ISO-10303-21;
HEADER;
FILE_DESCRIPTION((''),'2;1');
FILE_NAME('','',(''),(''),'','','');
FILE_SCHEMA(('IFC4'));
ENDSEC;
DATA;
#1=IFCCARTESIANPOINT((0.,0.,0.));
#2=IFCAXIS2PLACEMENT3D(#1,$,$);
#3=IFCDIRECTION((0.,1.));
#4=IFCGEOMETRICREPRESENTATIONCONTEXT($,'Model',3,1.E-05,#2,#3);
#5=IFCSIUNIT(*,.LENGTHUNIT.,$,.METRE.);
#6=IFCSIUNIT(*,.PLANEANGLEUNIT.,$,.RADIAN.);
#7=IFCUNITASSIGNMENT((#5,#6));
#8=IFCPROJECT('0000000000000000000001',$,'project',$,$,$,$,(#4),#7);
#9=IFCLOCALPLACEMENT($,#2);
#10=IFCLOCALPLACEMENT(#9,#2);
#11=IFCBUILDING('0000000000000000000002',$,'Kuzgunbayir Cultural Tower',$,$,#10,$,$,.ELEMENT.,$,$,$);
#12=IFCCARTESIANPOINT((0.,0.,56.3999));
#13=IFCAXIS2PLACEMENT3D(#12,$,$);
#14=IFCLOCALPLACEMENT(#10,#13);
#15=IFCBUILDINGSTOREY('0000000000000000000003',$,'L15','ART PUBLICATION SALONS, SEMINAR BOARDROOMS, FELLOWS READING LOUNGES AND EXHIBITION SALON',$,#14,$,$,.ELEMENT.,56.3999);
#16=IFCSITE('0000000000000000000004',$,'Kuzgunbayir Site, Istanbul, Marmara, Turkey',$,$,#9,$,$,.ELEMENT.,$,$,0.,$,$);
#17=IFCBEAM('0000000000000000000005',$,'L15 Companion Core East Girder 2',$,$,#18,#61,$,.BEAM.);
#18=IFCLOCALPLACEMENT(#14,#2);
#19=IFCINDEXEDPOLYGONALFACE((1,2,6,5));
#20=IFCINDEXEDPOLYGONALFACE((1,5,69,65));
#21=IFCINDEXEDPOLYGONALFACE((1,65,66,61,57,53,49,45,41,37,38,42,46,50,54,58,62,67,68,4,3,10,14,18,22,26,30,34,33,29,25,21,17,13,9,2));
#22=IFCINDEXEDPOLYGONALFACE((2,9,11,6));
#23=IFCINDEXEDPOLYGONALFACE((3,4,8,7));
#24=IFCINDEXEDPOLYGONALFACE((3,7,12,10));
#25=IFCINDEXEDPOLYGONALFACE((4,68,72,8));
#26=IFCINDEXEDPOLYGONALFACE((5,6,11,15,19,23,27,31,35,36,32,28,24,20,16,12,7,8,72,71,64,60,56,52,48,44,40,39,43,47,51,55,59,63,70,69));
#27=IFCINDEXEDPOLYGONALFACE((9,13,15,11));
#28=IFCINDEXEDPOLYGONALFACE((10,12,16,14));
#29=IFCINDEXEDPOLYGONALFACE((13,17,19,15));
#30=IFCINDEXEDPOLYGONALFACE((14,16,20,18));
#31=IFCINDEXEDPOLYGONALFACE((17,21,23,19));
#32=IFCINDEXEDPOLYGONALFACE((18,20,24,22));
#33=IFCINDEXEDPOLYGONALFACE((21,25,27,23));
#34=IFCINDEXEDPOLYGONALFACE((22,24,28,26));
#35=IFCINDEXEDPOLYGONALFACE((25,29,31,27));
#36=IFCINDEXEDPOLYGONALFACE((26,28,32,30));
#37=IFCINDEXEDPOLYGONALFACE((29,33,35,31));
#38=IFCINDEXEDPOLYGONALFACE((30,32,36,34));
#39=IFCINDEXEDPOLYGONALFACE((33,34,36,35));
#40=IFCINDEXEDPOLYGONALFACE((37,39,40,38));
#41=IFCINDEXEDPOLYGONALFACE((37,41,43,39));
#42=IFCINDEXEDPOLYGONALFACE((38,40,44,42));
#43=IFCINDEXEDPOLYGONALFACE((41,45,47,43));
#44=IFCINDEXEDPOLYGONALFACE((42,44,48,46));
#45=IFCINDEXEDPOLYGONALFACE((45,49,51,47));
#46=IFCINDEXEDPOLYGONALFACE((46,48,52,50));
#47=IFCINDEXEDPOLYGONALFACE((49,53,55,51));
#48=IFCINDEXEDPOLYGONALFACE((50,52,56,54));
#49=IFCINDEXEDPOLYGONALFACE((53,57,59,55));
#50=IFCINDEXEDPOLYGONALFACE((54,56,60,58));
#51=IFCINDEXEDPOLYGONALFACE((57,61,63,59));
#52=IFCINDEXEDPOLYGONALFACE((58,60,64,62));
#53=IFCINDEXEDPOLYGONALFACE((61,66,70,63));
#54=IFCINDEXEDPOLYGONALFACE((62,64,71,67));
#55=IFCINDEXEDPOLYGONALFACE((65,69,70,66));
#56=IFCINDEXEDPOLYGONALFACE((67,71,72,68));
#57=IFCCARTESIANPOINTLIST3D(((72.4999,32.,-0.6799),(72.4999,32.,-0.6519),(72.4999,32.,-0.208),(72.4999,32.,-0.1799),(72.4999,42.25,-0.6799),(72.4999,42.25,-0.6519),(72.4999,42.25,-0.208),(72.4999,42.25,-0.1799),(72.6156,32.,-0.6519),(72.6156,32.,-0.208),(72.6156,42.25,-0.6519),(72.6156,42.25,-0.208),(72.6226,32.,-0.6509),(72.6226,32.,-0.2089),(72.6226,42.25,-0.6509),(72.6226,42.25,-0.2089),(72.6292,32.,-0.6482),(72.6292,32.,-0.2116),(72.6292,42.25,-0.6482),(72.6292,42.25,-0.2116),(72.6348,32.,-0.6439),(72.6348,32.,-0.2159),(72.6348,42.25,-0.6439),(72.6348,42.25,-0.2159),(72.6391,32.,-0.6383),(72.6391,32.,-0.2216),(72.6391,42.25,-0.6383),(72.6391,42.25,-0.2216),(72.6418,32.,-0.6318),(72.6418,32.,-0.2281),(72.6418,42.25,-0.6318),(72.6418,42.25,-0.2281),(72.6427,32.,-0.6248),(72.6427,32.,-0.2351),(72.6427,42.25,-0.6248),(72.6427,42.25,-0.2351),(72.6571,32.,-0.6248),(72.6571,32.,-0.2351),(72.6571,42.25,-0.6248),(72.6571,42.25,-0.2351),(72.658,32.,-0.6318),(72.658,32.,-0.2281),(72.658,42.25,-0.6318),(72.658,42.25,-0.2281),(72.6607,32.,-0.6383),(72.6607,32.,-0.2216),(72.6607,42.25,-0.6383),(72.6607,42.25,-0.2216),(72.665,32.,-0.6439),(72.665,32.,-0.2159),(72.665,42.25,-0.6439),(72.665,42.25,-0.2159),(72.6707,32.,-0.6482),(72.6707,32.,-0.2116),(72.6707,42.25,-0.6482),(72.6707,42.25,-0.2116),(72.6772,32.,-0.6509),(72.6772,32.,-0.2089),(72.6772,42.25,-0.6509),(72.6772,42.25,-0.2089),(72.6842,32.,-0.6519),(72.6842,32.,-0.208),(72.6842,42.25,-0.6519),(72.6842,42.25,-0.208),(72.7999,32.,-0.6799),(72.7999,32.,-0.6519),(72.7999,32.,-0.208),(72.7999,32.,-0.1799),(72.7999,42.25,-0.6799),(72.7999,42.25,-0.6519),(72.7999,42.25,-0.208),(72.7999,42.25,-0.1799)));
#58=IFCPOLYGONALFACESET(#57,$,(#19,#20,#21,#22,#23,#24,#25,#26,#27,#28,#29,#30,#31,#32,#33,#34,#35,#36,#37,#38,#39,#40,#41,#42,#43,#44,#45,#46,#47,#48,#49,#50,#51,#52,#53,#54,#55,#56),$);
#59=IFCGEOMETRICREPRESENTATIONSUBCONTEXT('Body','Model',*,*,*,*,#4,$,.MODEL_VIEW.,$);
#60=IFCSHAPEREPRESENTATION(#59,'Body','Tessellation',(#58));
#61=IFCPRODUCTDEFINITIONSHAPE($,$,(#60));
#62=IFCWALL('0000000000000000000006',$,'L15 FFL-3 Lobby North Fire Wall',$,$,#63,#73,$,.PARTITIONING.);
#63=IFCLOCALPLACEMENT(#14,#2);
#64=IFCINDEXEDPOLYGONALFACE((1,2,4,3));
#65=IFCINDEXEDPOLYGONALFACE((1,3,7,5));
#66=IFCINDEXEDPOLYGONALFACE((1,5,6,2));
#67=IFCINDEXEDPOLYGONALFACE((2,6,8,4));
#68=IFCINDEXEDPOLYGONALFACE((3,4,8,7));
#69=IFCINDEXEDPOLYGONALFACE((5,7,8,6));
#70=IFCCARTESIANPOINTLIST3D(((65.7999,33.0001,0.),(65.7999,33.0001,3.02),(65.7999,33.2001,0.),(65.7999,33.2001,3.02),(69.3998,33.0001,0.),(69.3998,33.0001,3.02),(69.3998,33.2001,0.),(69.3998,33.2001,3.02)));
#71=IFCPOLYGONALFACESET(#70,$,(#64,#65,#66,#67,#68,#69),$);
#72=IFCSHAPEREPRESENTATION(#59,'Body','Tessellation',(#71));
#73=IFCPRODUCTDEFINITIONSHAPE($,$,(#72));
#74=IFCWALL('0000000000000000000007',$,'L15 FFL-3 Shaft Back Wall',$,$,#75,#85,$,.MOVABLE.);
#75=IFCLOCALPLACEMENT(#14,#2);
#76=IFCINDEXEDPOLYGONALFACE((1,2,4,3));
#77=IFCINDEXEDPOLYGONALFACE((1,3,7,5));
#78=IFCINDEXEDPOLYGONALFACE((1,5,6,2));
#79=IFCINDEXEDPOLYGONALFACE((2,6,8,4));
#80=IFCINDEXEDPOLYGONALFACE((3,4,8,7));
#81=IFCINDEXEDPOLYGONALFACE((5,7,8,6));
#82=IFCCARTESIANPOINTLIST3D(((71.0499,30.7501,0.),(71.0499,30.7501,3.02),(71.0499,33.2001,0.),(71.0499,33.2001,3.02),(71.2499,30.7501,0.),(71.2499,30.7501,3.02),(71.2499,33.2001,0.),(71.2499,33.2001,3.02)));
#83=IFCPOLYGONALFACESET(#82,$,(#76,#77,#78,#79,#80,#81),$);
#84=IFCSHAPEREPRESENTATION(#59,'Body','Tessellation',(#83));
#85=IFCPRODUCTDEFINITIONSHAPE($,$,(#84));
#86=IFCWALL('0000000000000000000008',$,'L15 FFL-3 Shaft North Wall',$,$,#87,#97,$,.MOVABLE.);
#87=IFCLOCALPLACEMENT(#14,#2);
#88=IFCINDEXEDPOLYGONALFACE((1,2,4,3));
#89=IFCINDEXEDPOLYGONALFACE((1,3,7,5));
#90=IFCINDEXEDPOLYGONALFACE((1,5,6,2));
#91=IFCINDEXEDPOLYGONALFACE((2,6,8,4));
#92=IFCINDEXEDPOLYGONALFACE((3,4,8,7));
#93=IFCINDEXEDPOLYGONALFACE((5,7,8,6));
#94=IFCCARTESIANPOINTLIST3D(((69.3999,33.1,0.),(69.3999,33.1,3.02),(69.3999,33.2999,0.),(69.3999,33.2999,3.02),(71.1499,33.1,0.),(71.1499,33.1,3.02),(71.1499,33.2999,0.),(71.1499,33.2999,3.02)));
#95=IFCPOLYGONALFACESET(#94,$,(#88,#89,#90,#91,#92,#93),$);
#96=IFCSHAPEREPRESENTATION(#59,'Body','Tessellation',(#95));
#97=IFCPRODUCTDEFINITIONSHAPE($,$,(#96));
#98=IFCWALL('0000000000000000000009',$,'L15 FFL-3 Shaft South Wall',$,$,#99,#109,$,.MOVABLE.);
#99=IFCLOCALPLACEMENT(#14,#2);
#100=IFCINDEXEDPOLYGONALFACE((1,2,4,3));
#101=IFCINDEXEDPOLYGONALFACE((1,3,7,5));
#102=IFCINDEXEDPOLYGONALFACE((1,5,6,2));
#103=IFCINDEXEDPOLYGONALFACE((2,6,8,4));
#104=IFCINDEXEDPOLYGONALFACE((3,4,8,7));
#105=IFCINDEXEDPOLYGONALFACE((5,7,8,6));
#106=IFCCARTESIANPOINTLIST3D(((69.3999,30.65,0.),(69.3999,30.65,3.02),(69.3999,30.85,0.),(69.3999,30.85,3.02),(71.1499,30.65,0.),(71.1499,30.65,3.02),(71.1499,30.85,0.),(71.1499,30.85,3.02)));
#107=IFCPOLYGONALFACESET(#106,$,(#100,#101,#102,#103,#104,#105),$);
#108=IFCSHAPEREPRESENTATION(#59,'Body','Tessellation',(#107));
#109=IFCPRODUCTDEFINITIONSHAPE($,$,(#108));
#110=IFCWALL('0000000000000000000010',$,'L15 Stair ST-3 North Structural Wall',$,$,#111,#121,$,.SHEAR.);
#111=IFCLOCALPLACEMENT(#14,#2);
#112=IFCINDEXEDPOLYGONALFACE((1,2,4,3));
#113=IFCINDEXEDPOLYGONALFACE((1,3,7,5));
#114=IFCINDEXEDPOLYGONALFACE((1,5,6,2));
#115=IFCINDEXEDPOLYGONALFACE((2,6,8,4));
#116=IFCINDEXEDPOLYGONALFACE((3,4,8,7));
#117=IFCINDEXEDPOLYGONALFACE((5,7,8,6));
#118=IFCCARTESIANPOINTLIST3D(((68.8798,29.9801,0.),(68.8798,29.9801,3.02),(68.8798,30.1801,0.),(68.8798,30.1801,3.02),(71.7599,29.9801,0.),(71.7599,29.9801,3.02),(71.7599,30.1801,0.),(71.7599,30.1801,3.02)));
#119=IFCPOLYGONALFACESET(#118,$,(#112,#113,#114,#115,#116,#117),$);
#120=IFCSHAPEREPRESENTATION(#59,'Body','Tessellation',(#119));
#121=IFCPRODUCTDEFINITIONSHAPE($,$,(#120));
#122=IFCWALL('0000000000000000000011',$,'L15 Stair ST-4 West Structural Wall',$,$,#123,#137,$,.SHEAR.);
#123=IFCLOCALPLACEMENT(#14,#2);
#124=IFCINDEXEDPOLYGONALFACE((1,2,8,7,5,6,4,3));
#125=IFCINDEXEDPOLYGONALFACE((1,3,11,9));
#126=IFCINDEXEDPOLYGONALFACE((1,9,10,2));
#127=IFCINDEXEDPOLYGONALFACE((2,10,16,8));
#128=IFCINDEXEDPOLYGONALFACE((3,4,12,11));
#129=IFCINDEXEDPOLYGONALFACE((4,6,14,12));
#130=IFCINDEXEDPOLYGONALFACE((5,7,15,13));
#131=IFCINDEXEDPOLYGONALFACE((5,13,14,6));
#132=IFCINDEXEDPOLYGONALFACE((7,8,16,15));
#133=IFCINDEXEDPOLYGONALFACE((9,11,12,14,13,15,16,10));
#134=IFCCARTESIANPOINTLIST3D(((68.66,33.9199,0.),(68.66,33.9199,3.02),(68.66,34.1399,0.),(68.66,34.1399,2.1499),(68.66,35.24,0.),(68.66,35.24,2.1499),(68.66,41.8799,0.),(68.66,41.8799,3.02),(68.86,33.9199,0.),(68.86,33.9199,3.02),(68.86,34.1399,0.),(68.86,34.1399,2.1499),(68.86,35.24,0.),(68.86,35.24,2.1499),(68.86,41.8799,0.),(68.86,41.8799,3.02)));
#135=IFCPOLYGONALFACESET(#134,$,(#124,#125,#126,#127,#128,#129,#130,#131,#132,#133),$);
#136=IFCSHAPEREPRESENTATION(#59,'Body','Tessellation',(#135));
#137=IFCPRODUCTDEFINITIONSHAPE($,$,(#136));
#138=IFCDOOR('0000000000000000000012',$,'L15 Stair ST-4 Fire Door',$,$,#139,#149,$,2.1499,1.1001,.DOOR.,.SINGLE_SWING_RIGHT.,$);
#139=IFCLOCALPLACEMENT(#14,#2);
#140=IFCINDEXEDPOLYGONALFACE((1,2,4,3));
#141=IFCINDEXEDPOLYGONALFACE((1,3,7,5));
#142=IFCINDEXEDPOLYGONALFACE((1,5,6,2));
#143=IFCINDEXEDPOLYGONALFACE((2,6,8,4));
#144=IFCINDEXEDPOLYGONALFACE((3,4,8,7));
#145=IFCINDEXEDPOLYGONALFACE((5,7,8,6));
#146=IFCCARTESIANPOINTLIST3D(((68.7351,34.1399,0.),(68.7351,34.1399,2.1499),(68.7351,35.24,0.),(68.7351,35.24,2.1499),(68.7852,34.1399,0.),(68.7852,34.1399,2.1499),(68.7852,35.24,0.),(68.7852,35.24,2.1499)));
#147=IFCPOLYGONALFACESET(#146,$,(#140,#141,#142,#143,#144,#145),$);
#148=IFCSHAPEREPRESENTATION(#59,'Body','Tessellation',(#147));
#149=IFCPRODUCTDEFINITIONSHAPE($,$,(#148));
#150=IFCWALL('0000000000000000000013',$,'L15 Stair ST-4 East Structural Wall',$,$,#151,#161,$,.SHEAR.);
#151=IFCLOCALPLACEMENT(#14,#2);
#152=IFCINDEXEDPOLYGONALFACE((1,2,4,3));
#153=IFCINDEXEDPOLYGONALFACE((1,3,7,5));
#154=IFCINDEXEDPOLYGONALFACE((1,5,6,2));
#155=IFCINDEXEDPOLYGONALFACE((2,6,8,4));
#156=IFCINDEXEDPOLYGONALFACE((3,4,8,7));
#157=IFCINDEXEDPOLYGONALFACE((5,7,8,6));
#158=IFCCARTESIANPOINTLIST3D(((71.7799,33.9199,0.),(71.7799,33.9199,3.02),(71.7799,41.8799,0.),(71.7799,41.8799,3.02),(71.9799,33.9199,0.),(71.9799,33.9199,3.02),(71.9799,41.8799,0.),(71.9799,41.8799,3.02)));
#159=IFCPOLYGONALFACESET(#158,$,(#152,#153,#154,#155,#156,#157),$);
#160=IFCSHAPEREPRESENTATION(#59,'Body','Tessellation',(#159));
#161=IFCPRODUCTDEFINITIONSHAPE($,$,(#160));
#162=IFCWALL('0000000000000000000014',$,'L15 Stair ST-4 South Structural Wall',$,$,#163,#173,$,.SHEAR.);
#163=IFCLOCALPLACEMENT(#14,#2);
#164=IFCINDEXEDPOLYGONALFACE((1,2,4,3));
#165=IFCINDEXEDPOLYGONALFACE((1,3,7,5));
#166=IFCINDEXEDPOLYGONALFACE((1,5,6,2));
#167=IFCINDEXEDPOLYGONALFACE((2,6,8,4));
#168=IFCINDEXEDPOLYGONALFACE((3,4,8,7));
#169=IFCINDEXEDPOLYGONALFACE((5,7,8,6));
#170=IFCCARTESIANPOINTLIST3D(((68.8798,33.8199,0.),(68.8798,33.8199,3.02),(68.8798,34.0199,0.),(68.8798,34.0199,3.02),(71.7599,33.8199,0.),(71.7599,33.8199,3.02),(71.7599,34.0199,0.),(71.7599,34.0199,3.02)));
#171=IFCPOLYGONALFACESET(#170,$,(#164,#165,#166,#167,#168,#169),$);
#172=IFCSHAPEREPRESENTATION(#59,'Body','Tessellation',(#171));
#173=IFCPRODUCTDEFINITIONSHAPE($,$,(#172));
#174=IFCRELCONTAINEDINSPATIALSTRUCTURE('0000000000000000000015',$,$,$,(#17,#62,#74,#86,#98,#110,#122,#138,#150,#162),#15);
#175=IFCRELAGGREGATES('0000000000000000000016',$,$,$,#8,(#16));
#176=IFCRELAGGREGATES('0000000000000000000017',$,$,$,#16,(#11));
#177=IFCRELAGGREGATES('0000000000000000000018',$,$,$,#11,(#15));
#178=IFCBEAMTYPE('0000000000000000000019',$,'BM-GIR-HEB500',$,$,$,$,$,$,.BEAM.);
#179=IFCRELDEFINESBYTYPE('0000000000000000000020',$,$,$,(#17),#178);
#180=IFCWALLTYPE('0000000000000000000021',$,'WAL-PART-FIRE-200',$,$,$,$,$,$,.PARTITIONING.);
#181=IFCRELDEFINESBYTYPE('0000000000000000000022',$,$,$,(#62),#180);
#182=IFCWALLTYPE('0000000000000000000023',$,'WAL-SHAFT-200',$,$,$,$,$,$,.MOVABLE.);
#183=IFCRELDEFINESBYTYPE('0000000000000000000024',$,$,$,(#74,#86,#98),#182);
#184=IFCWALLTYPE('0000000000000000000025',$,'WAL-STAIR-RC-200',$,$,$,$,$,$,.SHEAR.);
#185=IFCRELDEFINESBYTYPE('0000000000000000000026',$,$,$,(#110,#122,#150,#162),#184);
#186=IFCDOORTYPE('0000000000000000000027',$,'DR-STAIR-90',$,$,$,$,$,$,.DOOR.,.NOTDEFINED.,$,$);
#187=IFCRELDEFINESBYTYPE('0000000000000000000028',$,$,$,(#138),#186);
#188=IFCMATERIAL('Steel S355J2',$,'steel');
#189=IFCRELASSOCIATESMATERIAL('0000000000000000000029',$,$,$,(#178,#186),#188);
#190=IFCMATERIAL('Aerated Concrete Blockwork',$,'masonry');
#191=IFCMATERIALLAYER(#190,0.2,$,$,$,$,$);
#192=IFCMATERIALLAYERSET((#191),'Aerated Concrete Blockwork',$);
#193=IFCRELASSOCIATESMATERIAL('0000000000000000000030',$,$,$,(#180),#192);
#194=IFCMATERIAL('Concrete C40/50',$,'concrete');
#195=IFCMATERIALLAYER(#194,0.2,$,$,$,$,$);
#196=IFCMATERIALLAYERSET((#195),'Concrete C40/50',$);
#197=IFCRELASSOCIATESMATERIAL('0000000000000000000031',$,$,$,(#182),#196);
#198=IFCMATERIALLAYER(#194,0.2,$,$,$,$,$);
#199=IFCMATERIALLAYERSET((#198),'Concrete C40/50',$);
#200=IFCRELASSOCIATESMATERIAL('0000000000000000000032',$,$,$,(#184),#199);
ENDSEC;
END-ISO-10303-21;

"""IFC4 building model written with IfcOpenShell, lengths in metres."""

from ifc_helpers import new_model, si_unit, direction, frame, frame_2d, origin, origin_2d, place, context, subcontext, project, spatial, rectangle, i_section, extrude, material, layer, layer_set, material_profile, profile_set, type_object, element, fill, save


model = new_model("IFC4")

# Units and contexts
model_context = context("Model", 3, precision=1e-05, world=origin(), true_north=direction((0.0, 1.0)))
body_context = subcontext(model_context, "Body", "Model", "MODEL_VIEW")
ifc_project = project(units=[si_unit("LENGTHUNIT", "METRE"), si_unit("PLANEANGLEUNIT", "RADIAN")], contexts=[model_context])

# Site, building, storey
site_placement = place(None, origin())
site = spatial("IfcSite", under=ifc_project, at=site_placement, Name="Kuzgunbayir Site, Istanbul, Marmara, Turkey", CompositionType="ELEMENT", RefElevation=0.0)
building_placement = place(site_placement, origin())
building = spatial("IfcBuilding", under=site, at=building_placement, Name="Kuzgunbayir Cultural Tower", CompositionType="ELEMENT")
storey_placement = place(building_placement, frame((0.0, 0.0, 56.3999)))
storey = spatial("IfcBuildingStorey", under=building, at=storey_placement, Name="L15", Description="ART PUBLICATION SALONS, SEMINAR BOARDROOMS, FELLOWS READING LOUNGES AND EXHIBITION SALON", CompositionType="ELEMENT", Elevation=56.3999)

# Beam
ifc_material_1 = material(Name="Steel S355J2", Category="steel")
ifc_material_profile_1 = material_profile(ifc_material_1, i_section(OverallWidth=0.3, OverallDepth=0.5, WebThickness=0.0144, FlangeThickness=0.0281, FilletRadius=0.0271, at=origin_2d()), Name="HEB 500")
ifc_profile_set_1 = profile_set([ifc_material_profile_1], Name="Steel S355J2")
beam_type_1 = type_object("IfcBeamType", Name="BM-GIR-HEB500", PredefinedType="BEAM", material=ifc_profile_set_1)
for number, where, z_axis, x_axis, name in (
    (1, (72.6499, 32.0, -0.4299), (0.0, 1.0, 0.0), (-1.0, 0.0, 0.0), "L15 Companion Core East Girder 2"),
):
    element("IfcBeam", number, at=place(storey_placement, frame(where, z_axis=z_axis, x_axis=x_axis)), inside=storey, type_object=beam_type_1, Name=name, PredefinedType="BEAM", context=body_context, shape_type="SweptSolid", body=[
        extrude(i_section(OverallWidth=0.3, OverallDepth=0.5, WebThickness=0.0144, FlangeThickness=0.0281, FilletRadius=0.0271, at=origin_2d()), origin(), (0.0, 0.0, 1.0), 10.25),
    ])

# Wall
ifc_material_2 = material(Name="Aerated Concrete Blockwork", Category="masonry")
ifc_layer_1 = layer(ifc_material_2, 0.2)
ifc_layer_set_1 = layer_set([ifc_layer_1], Name="Aerated Concrete Blockwork")
wall_type_1 = type_object("IfcWallType", Name="WAL-PART-FIRE-200", PredefinedType="PARTITIONING", material=ifc_layer_set_1)
wall_1_placement = place(storey_placement, frame((65.8, 33.1001, 0.0), z_axis=(0.0, 0.0, 1.0), x_axis=(1.0, 0.0, 0.0)))
element("IfcWall", 2, at=wall_1_placement, inside=storey, type_object=wall_type_1, Name="L15 FFL-3 Lobby North Fire Wall", PredefinedType="PARTITIONING", context=body_context, shape_type="SweptSolid", body=[
    extrude(rectangle(XDim=3.5999, YDim=0.2, at=frame_2d((1.7998, 0.0))), origin(), (0.0, 0.0, 1.0), 3.02),
])

# Shared definitions
ifc_material_3 = material(Name="Concrete C40/50", Category="concrete")
ifc_layer_2 = layer(ifc_material_3, 0.2)
ifc_layer_set_2 = layer_set([ifc_layer_2], Name="Concrete C40/50")
wall_type_2 = type_object("IfcWallType", Name="WAL-SHAFT-200", PredefinedType="MOVABLE", material=ifc_layer_set_2)

# Walls
wall_2_placement = place(storey_placement, frame((71.1499, 30.75, 0.0), z_axis=(0.0, 0.0, 1.0), x_axis=(0.0, 1.0, 0.0)))
element("IfcWall", 3, at=wall_2_placement, inside=storey, type_object=wall_type_2, Name="L15 FFL-3 Shaft Back Wall", PredefinedType="MOVABLE", context=body_context, shape_type="SweptSolid", body=[
    extrude(rectangle(XDim=2.45, YDim=0.2, at=frame_2d((1.2251, 0.0))), origin(), (0.0, 0.0, 1.0), 3.02),
])
for number, where, z_axis, x_axis, name in (
    (4, (69.3999, 33.2, 0.0), (0.0, 0.0, 1.0), (1.0, 0.0, 0.0), "L15 FFL-3 Shaft North Wall"),
    (5, (69.3999, 30.75, 0.0), (0.0, 0.0, 1.0), (1.0, 0.0, 0.0), "L15 FFL-3 Shaft South Wall"),
):
    element("IfcWall", number, at=place(storey_placement, frame(where, z_axis=z_axis, x_axis=x_axis)), inside=storey, type_object=wall_type_2, Name=name, PredefinedType="MOVABLE", context=body_context, shape_type="SweptSolid", body=[
        extrude(rectangle(XDim=1.75, YDim=0.2, at=frame_2d((0.875, 0.0))), origin(), (0.0, 0.0, 1.0), 3.02),
    ])
ifc_layer_3 = layer(ifc_material_3, 0.2)
ifc_layer_set_3 = layer_set([ifc_layer_3], Name="Concrete C40/50")
wall_type_3 = type_object("IfcWallType", Name="WAL-STAIR-RC-200", PredefinedType="SHEAR", material=ifc_layer_set_3)
wall_3_placement = place(storey_placement, frame((68.8799, 30.0801, 0.0), z_axis=(0.0, 0.0, 1.0), x_axis=(1.0, 0.0, 0.0)))
element("IfcWall", 6, at=wall_3_placement, inside=storey, type_object=wall_type_3, Name="L15 Stair ST-3 North Structural Wall", PredefinedType="SHEAR", context=body_context, shape_type="SweptSolid", body=[
    extrude(rectangle(XDim=2.8801, YDim=0.2, at=frame_2d((1.4399, 0.0))), origin(), (0.0, 0.0, 1.0), 3.02),
])

# Wall, opening, door
wall_4_placement = place(storey_placement, frame((68.76, 33.9199, 0.0), z_axis=(0.0, 0.0, 1.0), x_axis=(0.0, 1.0, 0.0)))
wall_4 = element("IfcWall", 7, at=wall_4_placement, inside=storey, type_object=wall_type_3, Name="L15 Stair ST-4 West Structural Wall", PredefinedType="SHEAR", context=body_context, shape_type="SweptSolid", body=[
    extrude(rectangle(XDim=7.96, YDim=0.2, at=frame_2d((3.98, 0.0))), origin(), (0.0, 0.0, 1.0), 3.02),
])
opening_1_placement = place(wall_4_placement, frame((0.22, 0.0, 0.0)))
opening_1 = element("IfcOpeningElement", 8, at=opening_1_placement, cuts=wall_4, PredefinedType="OPENING", context=body_context, shape_type="SweptSolid", body=[
    extrude(rectangle(XDim=1.1001, YDim=2.1499, at=frame_2d((0.55, 1.075))), frame((0.0, 0.1099, 0.0), z_axis=(0.0, -1.0, 0.0), x_axis=(1.0, 0.0, 0.0)), (0.0, 0.0, 1.0), 0.22),
])
door_type_1 = type_object("IfcDoorType", Name="DR-STAIR-90", OperationType="NOTDEFINED", PredefinedType="DOOR", material=ifc_material_1)
door_1_placement = place(opening_1_placement, origin())
door_1 = element("IfcDoor", 9, at=door_1_placement, inside=storey, type_object=door_type_1, Name="L15 Stair ST-4 Fire Door", OperationType="SINGLE_SWING_RIGHT", OverallHeight=2.1499, OverallWidth=1.1001, PredefinedType="DOOR", context=body_context, shape_type="SweptSolid", body=[
    extrude(rectangle(XDim=1.1001, YDim=2.1499, at=frame_2d((0.55, 1.075))), frame((0.0, 0.0249, 0.0), z_axis=(0.0, -1.0, 0.0), x_axis=(1.0, 0.0, 0.0)), (0.0, 0.0, 1.0), 0.05),
])
fill(opening_1, door_1)

# Walls
wall_5_placement = place(storey_placement, frame((71.8799, 33.9199, 0.0), z_axis=(0.0, 0.0, 1.0), x_axis=(0.0, 1.0, 0.0)))
element("IfcWall", 10, at=wall_5_placement, inside=storey, type_object=wall_type_3, Name="L15 Stair ST-4 East Structural Wall", PredefinedType="SHEAR", context=body_context, shape_type="SweptSolid", body=[
    extrude(rectangle(XDim=7.96, YDim=0.2, at=frame_2d((3.98, 0.0))), origin(), (0.0, 0.0, 1.0), 3.02),
])
wall_6_placement = place(storey_placement, frame((68.8799, 33.9199, 0.0), z_axis=(0.0, 0.0, 1.0), x_axis=(1.0, 0.0, 0.0)))
element("IfcWall", 11, at=wall_6_placement, inside=storey, type_object=wall_type_3, Name="L15 Stair ST-4 South Structural Wall", PredefinedType="SHEAR", context=body_context, shape_type="SweptSolid", body=[
    extrude(rectangle(XDim=2.8801, YDim=0.2, at=frame_2d((1.4399, 0.0))), origin(), (0.0, 0.0, 1.0), 3.02),
])

save(model, "model.ifc")
